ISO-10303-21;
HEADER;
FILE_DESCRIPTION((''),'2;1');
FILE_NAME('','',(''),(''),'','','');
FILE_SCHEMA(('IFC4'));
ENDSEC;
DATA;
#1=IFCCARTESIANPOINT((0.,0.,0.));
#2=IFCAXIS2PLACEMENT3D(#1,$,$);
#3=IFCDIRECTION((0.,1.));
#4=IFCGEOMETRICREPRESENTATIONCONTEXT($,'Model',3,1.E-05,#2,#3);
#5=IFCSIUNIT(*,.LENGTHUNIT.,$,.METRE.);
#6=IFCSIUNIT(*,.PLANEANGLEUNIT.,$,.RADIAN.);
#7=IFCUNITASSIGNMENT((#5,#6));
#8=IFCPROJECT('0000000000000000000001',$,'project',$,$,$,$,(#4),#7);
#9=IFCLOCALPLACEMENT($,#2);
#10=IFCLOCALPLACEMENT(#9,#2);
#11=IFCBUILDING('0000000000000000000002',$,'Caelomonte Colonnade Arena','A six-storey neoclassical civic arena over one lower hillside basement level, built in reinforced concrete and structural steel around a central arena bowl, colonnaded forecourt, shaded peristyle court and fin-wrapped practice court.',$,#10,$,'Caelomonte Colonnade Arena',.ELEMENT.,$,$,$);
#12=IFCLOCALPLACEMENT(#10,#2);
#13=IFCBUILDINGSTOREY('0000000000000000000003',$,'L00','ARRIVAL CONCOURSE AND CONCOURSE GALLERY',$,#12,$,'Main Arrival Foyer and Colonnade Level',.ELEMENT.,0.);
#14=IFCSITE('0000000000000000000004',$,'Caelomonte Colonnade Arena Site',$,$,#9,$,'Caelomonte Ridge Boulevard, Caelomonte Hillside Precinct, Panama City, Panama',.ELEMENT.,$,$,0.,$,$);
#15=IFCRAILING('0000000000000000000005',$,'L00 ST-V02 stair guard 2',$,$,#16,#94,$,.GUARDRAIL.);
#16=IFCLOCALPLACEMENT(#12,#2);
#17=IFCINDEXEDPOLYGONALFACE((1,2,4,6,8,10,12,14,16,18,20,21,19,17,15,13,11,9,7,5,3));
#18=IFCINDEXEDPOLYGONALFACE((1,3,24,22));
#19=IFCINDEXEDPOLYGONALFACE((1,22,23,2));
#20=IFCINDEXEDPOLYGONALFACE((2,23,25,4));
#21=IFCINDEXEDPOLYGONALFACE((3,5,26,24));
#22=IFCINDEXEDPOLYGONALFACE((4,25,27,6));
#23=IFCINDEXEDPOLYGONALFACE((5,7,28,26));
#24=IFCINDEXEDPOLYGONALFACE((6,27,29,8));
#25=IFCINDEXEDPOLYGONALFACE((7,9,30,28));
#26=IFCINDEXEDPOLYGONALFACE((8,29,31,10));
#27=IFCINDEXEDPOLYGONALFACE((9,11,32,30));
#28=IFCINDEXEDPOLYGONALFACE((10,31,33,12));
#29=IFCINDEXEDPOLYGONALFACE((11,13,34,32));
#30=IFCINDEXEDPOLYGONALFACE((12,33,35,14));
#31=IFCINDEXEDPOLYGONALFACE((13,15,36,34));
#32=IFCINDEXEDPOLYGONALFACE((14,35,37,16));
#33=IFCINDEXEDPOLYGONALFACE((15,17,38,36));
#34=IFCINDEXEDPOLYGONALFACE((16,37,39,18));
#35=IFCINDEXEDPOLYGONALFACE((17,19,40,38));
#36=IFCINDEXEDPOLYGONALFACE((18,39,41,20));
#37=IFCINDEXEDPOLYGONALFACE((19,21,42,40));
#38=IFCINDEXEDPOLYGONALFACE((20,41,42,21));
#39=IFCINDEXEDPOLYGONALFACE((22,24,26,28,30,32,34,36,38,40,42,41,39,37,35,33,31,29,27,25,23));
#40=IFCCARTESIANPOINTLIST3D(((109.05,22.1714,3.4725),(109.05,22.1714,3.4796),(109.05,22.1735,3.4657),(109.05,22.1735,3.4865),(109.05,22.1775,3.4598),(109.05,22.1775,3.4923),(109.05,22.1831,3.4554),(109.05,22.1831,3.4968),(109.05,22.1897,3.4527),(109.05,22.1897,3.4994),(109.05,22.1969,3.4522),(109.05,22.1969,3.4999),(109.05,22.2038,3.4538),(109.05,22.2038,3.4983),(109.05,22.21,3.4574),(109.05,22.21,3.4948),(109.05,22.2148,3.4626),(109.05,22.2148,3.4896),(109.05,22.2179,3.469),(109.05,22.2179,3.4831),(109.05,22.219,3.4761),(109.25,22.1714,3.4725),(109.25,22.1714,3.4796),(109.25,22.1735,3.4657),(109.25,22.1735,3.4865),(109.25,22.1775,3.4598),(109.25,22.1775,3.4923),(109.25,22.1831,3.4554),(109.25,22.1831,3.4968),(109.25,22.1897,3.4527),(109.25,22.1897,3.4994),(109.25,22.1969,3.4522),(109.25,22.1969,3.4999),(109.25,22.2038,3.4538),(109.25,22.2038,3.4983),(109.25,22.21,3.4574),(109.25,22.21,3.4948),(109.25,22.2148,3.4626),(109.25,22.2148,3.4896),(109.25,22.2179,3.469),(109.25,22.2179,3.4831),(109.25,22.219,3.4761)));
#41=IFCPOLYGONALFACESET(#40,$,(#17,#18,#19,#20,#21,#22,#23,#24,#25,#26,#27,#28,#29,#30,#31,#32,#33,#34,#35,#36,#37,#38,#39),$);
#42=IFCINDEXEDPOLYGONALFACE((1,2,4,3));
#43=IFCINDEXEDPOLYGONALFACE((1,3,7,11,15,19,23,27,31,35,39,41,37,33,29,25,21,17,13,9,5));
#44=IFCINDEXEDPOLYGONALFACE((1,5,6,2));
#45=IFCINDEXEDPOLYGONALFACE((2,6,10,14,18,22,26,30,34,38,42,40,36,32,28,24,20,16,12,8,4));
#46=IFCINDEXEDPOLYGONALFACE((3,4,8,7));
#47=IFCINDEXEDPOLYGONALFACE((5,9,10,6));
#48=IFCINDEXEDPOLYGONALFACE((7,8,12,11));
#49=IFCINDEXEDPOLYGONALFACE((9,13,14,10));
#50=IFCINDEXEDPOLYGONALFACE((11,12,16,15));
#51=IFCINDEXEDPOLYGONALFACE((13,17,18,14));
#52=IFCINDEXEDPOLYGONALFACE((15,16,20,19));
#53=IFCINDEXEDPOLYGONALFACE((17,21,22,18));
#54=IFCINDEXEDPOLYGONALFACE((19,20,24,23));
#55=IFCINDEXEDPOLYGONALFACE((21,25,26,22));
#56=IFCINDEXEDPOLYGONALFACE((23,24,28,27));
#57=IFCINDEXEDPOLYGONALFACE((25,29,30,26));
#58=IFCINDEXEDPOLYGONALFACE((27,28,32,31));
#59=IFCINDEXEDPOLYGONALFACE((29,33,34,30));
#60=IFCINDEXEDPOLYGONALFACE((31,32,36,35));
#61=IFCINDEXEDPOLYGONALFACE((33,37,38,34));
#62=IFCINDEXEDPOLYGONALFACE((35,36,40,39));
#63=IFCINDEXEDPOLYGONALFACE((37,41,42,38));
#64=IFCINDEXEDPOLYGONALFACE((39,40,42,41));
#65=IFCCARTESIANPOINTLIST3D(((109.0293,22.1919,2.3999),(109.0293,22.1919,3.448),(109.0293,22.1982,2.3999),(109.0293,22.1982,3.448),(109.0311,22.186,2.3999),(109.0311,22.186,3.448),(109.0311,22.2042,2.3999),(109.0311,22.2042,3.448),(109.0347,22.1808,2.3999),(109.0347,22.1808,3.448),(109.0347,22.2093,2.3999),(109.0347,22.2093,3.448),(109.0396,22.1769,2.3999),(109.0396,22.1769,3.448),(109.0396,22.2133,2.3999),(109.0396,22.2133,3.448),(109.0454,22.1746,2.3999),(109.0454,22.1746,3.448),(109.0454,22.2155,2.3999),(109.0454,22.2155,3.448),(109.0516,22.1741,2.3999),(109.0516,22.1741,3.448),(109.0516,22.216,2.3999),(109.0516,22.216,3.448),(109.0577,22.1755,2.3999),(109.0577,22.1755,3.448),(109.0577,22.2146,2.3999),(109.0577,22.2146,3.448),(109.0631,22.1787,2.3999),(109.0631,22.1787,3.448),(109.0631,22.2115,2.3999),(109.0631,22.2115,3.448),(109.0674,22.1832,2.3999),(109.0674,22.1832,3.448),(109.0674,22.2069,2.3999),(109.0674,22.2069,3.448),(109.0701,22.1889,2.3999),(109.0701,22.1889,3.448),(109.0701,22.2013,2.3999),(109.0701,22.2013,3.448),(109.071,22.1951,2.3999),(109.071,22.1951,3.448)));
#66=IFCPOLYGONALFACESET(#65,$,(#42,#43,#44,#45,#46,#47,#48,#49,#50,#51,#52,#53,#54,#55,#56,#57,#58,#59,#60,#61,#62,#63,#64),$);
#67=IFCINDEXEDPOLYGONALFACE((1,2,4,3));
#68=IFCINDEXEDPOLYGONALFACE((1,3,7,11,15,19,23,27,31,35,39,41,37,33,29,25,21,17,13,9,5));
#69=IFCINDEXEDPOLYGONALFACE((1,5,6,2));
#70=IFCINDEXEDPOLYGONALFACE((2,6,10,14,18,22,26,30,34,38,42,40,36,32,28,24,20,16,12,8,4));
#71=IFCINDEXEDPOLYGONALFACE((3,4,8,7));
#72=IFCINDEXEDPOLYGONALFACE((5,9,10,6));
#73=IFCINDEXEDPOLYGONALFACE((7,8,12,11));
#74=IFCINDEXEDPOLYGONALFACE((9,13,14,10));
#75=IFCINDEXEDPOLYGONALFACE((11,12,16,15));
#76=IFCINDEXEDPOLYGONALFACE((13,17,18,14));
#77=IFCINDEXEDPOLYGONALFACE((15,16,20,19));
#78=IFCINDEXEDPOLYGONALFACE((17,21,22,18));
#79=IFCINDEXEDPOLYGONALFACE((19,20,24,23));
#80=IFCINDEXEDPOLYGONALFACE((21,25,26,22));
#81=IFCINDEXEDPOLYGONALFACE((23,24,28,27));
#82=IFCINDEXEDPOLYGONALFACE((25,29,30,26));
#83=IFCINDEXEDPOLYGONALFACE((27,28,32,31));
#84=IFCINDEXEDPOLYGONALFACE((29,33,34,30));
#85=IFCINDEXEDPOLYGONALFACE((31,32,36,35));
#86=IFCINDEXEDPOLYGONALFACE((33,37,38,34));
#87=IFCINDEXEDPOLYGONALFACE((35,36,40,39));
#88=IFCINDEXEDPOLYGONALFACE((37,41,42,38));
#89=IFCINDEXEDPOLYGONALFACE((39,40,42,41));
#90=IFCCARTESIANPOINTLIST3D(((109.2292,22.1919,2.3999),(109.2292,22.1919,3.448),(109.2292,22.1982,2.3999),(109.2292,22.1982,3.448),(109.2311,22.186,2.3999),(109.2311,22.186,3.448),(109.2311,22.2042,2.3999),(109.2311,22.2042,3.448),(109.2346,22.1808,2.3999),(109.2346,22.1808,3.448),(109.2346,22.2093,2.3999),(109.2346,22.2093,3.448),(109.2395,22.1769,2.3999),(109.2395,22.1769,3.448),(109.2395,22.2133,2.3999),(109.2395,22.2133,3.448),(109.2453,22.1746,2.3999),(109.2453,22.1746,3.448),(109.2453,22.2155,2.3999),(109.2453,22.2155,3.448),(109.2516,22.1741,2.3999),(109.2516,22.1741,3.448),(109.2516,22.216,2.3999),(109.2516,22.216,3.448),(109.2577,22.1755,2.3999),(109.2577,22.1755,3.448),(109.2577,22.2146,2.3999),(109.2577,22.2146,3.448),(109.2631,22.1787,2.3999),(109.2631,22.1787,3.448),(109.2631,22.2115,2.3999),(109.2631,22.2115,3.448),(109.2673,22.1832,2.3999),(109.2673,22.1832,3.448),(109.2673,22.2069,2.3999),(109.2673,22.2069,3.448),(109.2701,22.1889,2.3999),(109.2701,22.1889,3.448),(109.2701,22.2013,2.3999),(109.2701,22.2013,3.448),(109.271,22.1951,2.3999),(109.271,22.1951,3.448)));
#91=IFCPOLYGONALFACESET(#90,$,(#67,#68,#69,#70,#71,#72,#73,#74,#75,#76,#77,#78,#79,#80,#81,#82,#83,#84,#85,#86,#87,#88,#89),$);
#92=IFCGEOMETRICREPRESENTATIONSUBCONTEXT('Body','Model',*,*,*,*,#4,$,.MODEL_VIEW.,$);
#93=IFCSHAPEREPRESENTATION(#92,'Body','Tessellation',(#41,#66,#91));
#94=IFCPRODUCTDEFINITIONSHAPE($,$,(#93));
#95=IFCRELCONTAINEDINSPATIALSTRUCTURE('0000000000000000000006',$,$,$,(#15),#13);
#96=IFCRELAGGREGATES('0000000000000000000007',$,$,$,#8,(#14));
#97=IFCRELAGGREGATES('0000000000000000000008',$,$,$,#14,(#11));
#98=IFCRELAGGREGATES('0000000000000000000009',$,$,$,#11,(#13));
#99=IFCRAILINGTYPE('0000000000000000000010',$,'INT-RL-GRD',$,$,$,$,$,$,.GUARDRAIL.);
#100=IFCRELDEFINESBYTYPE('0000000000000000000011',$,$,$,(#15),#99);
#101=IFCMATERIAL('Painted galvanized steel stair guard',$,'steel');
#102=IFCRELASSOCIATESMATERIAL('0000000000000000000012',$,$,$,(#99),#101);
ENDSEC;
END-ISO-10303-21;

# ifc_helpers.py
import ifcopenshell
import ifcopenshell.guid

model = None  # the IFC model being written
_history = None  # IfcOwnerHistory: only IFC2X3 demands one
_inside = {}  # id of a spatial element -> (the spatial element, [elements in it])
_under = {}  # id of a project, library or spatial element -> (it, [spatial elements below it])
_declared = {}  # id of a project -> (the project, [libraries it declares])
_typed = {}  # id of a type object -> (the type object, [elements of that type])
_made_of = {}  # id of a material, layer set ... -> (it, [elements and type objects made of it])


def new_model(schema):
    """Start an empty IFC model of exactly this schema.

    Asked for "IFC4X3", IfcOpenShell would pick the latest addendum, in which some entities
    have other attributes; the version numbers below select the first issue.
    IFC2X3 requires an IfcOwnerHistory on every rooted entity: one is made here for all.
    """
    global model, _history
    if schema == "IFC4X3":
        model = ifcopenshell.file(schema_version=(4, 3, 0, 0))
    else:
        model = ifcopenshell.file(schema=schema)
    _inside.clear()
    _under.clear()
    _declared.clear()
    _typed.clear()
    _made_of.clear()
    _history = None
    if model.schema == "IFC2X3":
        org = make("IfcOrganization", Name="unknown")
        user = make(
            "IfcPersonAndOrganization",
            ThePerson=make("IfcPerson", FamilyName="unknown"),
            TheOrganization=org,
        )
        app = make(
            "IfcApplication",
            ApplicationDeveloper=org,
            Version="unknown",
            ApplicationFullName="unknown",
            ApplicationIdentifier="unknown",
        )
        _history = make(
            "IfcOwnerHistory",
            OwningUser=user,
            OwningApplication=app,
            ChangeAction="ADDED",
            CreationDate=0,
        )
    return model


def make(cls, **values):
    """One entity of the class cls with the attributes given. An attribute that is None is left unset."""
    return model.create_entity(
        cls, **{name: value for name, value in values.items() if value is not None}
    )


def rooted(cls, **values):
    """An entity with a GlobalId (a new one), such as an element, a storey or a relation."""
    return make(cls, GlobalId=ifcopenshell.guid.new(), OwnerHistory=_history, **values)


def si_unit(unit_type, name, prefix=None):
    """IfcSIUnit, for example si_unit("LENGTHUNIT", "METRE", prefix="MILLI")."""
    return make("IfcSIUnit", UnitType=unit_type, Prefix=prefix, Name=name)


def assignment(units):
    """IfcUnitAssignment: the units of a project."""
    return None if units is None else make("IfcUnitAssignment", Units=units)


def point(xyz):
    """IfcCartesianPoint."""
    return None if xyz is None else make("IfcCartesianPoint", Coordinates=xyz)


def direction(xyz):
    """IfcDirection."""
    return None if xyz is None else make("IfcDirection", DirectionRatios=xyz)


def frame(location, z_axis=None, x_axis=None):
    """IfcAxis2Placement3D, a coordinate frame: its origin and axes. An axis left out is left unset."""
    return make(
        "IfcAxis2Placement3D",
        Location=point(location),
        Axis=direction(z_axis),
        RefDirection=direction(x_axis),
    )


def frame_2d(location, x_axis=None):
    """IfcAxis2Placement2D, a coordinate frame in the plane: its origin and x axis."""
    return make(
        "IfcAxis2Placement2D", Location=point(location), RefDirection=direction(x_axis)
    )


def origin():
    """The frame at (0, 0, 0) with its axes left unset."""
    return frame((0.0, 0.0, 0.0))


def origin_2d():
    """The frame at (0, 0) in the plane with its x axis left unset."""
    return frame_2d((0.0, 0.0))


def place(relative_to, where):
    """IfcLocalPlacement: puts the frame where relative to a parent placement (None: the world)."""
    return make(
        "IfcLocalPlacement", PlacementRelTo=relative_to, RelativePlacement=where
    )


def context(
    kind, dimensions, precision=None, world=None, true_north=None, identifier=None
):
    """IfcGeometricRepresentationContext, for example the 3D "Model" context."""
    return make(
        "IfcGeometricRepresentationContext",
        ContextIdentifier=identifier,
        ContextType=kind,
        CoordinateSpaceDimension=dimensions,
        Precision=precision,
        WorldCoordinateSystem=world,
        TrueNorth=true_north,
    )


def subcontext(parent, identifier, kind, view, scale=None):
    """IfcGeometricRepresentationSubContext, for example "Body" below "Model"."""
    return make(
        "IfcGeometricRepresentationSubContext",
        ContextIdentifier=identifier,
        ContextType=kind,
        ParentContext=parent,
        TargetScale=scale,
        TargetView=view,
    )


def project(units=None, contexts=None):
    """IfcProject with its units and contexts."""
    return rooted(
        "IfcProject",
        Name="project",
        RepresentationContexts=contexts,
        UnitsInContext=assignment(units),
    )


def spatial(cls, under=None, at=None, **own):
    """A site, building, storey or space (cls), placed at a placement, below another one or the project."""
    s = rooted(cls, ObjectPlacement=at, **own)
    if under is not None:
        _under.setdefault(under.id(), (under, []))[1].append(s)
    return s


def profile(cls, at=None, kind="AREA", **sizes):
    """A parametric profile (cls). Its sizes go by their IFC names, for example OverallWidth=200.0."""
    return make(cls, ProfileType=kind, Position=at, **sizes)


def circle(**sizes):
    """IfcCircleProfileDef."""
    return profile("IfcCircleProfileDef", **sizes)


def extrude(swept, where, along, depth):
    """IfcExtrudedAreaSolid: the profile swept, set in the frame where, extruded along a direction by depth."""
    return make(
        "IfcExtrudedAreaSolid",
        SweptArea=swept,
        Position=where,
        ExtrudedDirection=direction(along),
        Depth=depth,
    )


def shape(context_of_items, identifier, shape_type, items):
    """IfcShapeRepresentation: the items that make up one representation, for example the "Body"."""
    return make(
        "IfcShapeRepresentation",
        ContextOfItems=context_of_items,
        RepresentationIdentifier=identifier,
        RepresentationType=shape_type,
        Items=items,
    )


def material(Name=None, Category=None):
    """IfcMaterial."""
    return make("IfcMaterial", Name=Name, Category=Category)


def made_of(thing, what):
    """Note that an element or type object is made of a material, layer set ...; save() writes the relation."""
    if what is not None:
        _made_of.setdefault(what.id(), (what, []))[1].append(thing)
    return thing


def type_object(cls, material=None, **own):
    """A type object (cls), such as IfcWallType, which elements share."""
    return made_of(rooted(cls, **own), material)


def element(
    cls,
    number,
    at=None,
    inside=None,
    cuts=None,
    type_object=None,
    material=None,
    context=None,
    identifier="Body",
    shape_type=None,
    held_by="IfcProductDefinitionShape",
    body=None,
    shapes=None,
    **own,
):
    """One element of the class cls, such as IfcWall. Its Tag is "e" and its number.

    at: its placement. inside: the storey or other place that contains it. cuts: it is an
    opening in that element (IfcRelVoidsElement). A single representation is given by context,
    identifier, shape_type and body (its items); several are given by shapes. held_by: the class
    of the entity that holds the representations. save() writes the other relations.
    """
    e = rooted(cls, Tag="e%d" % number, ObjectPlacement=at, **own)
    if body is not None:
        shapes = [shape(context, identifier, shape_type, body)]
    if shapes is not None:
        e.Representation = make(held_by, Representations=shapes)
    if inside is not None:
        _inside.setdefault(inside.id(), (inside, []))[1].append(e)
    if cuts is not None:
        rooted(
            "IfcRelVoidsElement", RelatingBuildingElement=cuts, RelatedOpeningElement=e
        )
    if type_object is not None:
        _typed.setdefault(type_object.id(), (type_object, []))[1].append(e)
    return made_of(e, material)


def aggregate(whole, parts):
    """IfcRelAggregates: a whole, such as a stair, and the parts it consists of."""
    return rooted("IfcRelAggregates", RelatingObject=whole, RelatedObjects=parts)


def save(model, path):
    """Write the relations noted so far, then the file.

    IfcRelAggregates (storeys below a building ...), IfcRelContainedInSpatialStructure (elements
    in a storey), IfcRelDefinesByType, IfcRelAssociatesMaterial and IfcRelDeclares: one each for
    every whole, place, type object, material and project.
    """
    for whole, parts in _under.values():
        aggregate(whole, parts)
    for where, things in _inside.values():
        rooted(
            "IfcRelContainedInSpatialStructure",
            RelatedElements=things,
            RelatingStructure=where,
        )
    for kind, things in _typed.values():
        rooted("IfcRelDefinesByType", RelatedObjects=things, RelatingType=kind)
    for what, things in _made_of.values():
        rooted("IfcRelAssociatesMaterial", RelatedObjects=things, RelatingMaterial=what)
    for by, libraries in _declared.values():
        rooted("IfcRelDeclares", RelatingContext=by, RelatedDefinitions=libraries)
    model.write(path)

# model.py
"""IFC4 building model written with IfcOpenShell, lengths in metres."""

from ifc_helpers import new_model, si_unit, direction, frame, origin, origin_2d, place, context, subcontext, project, spatial, circle, extrude, material, type_object, element, save


model = new_model("IFC4")

# Units and contexts
model_context = context("Model", 3, precision=1e-05, world=origin(), true_north=direction((0.0, 1.0)))
body_context = subcontext(model_context, "Body", "Model", "MODEL_VIEW")
ifc_project = project(units=[si_unit("LENGTHUNIT", "METRE"), si_unit("PLANEANGLEUNIT", "RADIAN")], contexts=[model_context])

# Site, building, storey
site_placement = place(None, origin())
site = spatial("IfcSite", under=ifc_project, at=site_placement, Name="Caelomonte Colonnade Arena Site", LongName="Caelomonte Ridge Boulevard, Caelomonte Hillside Precinct, Panama City, Panama", CompositionType="ELEMENT", RefElevation=0.0)
building_placement = place(site_placement, origin())
building = spatial("IfcBuilding", under=site, at=building_placement, Name="Caelomonte Colonnade Arena", Description="A six-storey neoclassical civic arena over one lower hillside basement level, built in reinforced concrete and structural steel around a central arena bowl, colonnaded forecourt, shaded peristyle court and fin-wrapped practice court.", LongName="Caelomonte Colonnade Arena", CompositionType="ELEMENT")
storey_placement = place(building_placement, origin())
storey = spatial("IfcBuildingStorey", under=building, at=storey_placement, Name="L00", Description="ARRIVAL CONCOURSE AND CONCOURSE GALLERY", LongName="Main Arrival Foyer and Colonnade Level", CompositionType="ELEMENT", Elevation=0.0)

# Railing
ifc_material_1 = material(Name="Painted galvanized steel stair guard", Category="steel")
railing_type_1 = type_object("IfcRailingType", Name="INT-RL-GRD", PredefinedType="GUARDRAIL", material=ifc_material_1)
railing_1_placement = place(storey_placement, frame((109.05, 22.1951, 2.3999)))
element("IfcRailing", 1, at=railing_1_placement, inside=storey, type_object=railing_type_1, Name="L00 ST-V02 stair guard 2", PredefinedType="GUARDRAIL", context=body_context, shape_type="SweptSolid", body=[
    extrude(circle(Radius=0.0239, at=origin_2d()), frame((0.0, 0.0, 1.0762), z_axis=(1.0, 0.0, 0.0), x_axis=(0.0, 1.0, 0.0)), (0.0, 0.0, 1.0), 0.2),
    extrude(circle(Radius=0.021, at=origin_2d()), origin(), (0.0, 0.0, 1.0), 1.0481),
    extrude(circle(Radius=0.021, at=origin_2d()), frame((0.2, 0.0, 0.0)), (0.0, 0.0, 1.0), 1.0481),
])

save(model, "model.ifc")
